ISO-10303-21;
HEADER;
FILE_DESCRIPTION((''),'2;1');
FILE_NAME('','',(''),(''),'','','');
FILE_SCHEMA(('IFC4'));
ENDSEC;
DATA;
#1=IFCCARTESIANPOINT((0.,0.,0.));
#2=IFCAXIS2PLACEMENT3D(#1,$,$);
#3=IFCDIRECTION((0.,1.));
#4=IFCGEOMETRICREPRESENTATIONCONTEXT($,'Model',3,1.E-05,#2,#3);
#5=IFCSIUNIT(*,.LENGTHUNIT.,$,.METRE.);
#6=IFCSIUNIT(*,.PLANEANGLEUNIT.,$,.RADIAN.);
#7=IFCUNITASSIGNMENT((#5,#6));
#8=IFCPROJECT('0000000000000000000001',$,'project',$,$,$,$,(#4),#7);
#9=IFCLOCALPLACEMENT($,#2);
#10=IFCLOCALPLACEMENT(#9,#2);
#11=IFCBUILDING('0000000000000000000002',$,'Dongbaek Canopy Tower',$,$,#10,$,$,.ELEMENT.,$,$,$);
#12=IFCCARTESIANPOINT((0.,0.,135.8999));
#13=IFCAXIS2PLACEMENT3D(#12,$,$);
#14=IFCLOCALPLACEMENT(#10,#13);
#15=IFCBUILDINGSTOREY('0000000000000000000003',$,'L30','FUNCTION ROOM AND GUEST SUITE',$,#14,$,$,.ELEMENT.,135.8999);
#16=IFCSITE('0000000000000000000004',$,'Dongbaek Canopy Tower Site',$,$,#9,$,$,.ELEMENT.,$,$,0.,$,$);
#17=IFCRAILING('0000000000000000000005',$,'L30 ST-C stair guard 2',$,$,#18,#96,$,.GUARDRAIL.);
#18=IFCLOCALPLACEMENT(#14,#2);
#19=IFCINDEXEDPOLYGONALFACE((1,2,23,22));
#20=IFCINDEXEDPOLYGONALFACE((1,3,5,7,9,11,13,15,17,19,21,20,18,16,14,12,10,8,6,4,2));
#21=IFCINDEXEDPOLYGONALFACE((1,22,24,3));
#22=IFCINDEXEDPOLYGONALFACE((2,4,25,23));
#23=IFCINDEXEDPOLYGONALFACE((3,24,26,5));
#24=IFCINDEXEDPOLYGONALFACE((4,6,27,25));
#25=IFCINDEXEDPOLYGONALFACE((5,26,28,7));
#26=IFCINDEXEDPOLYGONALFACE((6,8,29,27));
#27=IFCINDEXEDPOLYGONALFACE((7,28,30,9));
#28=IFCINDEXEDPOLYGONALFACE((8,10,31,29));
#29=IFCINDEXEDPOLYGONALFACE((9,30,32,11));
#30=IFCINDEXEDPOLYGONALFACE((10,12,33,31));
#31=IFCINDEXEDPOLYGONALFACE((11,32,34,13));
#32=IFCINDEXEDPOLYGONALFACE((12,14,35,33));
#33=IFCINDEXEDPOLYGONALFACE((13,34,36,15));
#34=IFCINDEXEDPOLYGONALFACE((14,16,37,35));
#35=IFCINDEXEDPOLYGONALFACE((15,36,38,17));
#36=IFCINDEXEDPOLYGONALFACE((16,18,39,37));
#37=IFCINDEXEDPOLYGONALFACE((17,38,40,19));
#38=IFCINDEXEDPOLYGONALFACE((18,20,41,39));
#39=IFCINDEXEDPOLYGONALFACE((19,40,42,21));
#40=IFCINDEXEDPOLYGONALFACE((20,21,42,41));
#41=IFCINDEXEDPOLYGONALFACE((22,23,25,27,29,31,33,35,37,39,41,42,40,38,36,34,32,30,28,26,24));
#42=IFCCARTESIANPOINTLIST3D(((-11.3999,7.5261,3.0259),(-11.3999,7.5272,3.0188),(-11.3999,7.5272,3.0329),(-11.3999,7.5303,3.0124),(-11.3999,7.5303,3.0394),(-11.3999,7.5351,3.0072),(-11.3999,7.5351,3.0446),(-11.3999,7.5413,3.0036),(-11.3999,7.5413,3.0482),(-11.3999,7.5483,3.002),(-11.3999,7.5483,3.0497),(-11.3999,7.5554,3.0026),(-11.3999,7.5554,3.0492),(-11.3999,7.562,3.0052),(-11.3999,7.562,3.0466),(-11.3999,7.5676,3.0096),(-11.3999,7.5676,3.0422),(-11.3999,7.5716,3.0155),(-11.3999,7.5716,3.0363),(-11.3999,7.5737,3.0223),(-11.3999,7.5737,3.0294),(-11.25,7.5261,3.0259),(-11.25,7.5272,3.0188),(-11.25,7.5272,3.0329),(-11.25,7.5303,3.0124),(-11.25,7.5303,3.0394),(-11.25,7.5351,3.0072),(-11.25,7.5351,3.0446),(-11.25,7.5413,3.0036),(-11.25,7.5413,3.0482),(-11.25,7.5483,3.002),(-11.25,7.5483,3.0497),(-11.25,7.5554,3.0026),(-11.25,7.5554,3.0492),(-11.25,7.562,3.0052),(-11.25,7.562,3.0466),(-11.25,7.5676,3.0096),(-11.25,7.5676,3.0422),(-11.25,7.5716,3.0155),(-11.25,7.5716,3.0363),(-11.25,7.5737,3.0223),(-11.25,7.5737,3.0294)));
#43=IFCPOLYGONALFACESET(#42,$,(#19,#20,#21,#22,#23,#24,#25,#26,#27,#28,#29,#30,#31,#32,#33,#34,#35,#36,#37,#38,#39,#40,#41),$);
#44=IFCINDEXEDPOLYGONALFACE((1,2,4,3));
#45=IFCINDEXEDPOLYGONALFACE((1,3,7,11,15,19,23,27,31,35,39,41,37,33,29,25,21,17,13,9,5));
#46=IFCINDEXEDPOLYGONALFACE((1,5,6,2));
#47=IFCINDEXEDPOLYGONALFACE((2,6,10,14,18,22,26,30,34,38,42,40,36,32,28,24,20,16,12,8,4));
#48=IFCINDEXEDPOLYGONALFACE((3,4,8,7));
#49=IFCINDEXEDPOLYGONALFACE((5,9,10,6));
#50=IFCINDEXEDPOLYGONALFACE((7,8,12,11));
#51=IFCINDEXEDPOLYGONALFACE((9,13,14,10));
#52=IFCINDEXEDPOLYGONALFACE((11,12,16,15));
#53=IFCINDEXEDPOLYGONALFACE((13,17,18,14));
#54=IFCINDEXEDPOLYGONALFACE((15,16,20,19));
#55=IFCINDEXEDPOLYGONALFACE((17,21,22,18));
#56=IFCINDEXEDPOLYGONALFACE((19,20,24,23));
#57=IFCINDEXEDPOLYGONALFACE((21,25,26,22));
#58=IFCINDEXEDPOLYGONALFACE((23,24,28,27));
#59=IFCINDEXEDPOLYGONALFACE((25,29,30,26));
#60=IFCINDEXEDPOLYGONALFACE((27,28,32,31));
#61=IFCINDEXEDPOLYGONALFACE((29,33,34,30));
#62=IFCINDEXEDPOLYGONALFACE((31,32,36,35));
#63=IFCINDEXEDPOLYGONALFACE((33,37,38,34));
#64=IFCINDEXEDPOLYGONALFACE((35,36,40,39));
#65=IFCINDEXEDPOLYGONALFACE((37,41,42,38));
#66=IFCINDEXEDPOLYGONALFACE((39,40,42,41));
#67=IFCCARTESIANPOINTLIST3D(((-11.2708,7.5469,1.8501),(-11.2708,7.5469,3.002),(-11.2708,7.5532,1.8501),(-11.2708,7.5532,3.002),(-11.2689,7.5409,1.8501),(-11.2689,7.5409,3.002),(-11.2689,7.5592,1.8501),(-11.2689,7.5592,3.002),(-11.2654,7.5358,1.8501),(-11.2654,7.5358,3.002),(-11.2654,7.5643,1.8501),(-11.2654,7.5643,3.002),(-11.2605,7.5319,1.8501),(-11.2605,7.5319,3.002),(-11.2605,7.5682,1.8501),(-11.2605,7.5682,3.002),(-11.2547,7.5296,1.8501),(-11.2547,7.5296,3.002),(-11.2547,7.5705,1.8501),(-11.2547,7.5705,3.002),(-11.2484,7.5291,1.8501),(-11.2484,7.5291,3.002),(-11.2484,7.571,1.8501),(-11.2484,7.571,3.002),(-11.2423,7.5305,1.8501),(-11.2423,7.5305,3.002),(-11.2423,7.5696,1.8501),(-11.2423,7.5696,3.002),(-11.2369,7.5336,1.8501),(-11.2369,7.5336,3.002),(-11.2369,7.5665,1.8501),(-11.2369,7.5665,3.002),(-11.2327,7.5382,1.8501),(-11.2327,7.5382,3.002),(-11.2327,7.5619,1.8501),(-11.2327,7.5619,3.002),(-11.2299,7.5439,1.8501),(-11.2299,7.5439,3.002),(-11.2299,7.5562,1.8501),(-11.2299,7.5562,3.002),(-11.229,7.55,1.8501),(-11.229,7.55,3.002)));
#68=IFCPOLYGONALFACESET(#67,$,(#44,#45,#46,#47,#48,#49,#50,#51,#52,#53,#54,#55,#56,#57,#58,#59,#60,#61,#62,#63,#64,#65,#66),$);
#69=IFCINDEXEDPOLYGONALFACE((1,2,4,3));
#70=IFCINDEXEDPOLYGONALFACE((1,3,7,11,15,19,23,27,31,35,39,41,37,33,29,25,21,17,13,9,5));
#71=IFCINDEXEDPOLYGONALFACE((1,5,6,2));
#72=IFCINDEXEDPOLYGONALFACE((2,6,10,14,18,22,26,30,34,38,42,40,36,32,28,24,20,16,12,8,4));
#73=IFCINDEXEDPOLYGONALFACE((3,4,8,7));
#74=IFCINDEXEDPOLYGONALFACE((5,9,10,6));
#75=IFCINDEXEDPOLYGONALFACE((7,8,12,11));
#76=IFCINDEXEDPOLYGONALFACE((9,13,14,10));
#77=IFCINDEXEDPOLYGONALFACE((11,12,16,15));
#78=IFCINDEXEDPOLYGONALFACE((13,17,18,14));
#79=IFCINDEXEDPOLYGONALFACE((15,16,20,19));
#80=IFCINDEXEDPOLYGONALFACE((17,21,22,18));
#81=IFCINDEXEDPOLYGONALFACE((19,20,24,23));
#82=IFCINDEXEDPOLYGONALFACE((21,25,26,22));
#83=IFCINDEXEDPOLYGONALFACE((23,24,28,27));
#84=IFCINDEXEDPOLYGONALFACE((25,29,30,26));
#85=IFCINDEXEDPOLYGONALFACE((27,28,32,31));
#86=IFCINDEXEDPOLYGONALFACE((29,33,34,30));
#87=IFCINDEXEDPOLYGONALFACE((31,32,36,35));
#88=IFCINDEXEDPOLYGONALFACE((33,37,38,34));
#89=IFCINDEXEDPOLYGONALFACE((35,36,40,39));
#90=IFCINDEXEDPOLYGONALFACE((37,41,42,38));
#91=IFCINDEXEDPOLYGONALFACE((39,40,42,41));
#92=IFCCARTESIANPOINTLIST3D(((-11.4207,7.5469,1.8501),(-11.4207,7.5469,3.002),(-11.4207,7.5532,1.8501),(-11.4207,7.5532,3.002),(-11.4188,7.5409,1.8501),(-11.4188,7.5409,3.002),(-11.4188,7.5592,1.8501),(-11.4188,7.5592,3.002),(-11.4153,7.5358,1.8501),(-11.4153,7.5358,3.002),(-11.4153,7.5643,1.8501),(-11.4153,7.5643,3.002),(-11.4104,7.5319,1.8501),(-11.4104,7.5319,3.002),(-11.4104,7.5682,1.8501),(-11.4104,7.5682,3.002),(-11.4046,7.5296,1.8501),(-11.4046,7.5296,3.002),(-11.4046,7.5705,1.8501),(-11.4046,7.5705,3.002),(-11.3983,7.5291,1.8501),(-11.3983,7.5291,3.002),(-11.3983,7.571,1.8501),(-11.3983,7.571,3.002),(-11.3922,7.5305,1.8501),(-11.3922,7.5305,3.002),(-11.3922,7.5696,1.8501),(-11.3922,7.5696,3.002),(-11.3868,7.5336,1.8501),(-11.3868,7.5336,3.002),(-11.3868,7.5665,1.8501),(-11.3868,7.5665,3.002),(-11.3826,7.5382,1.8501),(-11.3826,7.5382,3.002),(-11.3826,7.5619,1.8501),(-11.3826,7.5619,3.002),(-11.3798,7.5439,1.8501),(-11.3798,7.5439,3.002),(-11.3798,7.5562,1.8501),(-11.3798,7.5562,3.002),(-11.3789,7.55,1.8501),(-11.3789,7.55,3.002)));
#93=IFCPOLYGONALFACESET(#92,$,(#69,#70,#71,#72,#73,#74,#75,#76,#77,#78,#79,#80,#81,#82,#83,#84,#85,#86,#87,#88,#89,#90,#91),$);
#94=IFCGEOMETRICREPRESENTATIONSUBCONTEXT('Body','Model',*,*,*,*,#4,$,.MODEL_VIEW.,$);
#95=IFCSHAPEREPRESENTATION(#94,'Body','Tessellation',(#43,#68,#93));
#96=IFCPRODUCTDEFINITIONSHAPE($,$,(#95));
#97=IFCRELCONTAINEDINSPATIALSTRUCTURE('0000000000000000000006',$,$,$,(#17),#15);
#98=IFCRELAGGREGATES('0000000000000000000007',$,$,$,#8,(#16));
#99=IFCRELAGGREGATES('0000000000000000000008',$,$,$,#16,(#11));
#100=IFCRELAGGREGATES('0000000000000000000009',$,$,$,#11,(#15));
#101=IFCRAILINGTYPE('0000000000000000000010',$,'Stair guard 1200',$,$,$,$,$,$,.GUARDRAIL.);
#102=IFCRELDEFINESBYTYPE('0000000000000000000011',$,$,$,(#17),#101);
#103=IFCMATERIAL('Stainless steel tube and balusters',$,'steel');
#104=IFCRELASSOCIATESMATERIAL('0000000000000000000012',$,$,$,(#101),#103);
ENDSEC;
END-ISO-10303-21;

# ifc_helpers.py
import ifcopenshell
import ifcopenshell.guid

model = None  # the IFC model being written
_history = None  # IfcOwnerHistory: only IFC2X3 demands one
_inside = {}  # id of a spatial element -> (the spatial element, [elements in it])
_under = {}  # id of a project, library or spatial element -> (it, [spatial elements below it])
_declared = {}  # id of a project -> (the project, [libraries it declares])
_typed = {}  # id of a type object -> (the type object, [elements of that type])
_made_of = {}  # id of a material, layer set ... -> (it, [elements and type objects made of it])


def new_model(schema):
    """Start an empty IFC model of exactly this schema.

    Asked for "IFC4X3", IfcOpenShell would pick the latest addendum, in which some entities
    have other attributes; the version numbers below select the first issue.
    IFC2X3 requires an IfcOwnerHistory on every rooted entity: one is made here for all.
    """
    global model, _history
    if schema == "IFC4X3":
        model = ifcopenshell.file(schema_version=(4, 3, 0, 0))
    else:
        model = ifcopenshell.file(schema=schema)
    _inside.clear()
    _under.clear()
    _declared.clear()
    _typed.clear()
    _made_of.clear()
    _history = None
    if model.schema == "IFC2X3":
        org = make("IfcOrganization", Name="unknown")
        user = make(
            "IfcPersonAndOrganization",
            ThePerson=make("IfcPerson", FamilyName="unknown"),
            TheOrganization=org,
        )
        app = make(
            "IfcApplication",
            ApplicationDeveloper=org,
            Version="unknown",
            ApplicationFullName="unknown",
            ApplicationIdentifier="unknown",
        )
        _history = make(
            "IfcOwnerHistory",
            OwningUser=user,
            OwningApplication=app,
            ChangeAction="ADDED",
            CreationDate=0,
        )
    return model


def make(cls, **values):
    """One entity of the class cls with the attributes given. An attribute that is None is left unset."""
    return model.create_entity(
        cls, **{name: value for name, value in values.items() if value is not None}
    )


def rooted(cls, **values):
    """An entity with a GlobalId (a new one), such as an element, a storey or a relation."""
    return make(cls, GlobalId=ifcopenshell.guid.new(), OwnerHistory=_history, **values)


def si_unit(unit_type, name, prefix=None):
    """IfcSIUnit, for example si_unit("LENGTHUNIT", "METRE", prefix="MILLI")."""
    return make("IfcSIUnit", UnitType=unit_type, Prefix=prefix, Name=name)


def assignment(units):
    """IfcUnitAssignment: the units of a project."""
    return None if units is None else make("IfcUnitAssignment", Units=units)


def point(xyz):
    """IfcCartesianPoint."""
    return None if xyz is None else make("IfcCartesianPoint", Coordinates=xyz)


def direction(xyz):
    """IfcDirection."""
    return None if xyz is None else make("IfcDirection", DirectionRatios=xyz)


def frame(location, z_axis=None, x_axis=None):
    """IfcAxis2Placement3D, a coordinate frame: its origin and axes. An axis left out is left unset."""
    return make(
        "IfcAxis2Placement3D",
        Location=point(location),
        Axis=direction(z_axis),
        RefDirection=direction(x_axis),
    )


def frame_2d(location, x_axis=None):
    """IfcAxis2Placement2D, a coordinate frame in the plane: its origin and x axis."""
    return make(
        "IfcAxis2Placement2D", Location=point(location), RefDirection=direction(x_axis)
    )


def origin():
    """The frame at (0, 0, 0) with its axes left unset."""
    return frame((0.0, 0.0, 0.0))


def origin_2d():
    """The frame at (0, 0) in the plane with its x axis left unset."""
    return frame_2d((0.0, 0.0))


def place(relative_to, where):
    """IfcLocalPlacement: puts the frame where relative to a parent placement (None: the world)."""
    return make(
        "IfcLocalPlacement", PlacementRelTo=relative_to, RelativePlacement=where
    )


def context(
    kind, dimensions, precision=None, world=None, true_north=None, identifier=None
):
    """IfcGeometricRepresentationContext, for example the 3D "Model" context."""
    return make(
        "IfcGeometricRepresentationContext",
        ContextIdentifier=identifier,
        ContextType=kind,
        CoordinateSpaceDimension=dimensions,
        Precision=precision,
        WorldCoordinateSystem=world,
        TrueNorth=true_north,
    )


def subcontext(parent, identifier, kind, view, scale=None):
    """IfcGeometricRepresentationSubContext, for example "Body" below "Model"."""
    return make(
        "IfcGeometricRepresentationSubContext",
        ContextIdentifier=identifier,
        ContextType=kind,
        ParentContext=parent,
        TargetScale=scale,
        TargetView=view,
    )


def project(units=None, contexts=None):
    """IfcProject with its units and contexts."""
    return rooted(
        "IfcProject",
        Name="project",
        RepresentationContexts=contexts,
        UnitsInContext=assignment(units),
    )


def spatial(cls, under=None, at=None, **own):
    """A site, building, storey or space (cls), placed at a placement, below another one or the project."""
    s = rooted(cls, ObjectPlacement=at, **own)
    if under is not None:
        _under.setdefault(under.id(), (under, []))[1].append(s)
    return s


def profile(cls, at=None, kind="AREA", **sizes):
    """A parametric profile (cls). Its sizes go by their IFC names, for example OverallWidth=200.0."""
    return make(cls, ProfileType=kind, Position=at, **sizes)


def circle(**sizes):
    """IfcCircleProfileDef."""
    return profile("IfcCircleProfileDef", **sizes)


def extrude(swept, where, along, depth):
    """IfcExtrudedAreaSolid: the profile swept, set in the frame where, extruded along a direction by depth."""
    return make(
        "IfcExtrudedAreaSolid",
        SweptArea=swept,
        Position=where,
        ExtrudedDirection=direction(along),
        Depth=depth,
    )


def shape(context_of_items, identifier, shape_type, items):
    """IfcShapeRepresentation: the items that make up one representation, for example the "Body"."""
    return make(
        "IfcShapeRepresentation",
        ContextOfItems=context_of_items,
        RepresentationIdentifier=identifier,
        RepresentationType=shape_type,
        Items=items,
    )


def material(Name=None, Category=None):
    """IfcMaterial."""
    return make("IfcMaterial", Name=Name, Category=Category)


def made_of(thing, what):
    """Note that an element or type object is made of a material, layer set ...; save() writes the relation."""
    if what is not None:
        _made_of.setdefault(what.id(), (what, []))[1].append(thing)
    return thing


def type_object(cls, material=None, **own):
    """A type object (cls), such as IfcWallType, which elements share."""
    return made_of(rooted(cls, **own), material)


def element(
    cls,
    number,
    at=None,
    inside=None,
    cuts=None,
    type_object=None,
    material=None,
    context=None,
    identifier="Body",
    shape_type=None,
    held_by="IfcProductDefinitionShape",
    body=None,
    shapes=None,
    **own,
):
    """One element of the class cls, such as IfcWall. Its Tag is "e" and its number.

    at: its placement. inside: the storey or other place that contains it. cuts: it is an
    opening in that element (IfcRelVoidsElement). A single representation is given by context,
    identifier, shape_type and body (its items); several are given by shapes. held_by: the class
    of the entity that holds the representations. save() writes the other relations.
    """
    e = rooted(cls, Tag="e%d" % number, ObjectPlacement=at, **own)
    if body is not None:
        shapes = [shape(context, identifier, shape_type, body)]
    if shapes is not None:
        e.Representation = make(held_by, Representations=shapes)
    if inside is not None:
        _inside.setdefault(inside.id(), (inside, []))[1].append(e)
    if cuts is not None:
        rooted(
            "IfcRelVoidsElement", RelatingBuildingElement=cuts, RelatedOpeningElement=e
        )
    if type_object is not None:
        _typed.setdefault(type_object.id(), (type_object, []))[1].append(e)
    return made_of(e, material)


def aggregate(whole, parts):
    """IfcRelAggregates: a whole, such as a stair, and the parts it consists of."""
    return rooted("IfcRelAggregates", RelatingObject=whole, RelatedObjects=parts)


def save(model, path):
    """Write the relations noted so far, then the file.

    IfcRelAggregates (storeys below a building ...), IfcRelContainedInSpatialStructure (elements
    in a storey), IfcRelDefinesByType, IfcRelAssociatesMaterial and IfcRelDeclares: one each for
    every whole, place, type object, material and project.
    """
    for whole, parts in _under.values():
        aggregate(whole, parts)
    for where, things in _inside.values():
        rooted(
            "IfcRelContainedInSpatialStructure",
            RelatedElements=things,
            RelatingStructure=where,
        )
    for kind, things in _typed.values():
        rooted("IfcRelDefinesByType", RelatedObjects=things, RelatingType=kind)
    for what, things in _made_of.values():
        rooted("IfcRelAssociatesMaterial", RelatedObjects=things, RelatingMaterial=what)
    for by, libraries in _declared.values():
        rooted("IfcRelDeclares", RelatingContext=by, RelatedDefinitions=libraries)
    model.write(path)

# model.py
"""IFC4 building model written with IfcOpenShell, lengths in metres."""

from ifc_helpers import new_model, si_unit, direction, frame, origin, origin_2d, place, context, subcontext, project, spatial, circle, extrude, material, type_object, element, save


model = new_model("IFC4")

# Units and contexts
model_context = context("Model", 3, precision=1e-05, world=origin(), true_north=direction((0.0, 1.0)))
body_context = subcontext(model_context, "Body", "Model", "MODEL_VIEW")
ifc_project = project(units=[si_unit("LENGTHUNIT", "METRE"), si_unit("PLANEANGLEUNIT", "RADIAN")], contexts=[model_context])

# Site, building, storey
site_placement = place(None, origin())
site = spatial("IfcSite", under=ifc_project, at=site_placement, Name="Dongbaek Canopy Tower Site", CompositionType="ELEMENT", RefElevation=0.0)
building_placement = place(site_placement, origin())
building = spatial("IfcBuilding", under=site, at=building_placement, Name="Dongbaek Canopy Tower", CompositionType="ELEMENT")
storey_placement = place(building_placement, frame((0.0, 0.0, 135.8999)))
storey = spatial("IfcBuildingStorey", under=building, at=storey_placement, Name="L30", Description="FUNCTION ROOM AND GUEST SUITE", CompositionType="ELEMENT", Elevation=135.8999)

# Railing
ifc_material_1 = material(Name="Stainless steel tube and balusters", Category="steel")
railing_type_1 = type_object("IfcRailingType", Name="Stair guard 1200", PredefinedType="GUARDRAIL", material=ifc_material_1)
railing_1_placement = place(storey_placement, frame((-11.25, 7.55, 1.8501)))
element("IfcRailing", 1, at=railing_1_placement, inside=storey, type_object=railing_type_1, Name="L30 ST-C stair guard 2", PredefinedType="GUARDRAIL", context=body_context, shape_type="SweptSolid", body=[
    extrude(circle(Radius=0.0239, at=origin_2d()), frame((0.0, 0.0, 1.1758), z_axis=(-1.0, 0.0, 0.0), x_axis=(0.0, -1.0, 0.0)), (0.0, 0.0, 1.0), 0.1499),
    extrude(circle(Radius=0.021, at=origin_2d()), origin(), (0.0, 0.0, 1.0), 1.1519),
    extrude(circle(Radius=0.021, at=origin_2d()), frame((-0.1499, 0.0, 0.0)), (0.0, 0.0, 1.0), 1.1519),
])

save(model, "model.ifc")
